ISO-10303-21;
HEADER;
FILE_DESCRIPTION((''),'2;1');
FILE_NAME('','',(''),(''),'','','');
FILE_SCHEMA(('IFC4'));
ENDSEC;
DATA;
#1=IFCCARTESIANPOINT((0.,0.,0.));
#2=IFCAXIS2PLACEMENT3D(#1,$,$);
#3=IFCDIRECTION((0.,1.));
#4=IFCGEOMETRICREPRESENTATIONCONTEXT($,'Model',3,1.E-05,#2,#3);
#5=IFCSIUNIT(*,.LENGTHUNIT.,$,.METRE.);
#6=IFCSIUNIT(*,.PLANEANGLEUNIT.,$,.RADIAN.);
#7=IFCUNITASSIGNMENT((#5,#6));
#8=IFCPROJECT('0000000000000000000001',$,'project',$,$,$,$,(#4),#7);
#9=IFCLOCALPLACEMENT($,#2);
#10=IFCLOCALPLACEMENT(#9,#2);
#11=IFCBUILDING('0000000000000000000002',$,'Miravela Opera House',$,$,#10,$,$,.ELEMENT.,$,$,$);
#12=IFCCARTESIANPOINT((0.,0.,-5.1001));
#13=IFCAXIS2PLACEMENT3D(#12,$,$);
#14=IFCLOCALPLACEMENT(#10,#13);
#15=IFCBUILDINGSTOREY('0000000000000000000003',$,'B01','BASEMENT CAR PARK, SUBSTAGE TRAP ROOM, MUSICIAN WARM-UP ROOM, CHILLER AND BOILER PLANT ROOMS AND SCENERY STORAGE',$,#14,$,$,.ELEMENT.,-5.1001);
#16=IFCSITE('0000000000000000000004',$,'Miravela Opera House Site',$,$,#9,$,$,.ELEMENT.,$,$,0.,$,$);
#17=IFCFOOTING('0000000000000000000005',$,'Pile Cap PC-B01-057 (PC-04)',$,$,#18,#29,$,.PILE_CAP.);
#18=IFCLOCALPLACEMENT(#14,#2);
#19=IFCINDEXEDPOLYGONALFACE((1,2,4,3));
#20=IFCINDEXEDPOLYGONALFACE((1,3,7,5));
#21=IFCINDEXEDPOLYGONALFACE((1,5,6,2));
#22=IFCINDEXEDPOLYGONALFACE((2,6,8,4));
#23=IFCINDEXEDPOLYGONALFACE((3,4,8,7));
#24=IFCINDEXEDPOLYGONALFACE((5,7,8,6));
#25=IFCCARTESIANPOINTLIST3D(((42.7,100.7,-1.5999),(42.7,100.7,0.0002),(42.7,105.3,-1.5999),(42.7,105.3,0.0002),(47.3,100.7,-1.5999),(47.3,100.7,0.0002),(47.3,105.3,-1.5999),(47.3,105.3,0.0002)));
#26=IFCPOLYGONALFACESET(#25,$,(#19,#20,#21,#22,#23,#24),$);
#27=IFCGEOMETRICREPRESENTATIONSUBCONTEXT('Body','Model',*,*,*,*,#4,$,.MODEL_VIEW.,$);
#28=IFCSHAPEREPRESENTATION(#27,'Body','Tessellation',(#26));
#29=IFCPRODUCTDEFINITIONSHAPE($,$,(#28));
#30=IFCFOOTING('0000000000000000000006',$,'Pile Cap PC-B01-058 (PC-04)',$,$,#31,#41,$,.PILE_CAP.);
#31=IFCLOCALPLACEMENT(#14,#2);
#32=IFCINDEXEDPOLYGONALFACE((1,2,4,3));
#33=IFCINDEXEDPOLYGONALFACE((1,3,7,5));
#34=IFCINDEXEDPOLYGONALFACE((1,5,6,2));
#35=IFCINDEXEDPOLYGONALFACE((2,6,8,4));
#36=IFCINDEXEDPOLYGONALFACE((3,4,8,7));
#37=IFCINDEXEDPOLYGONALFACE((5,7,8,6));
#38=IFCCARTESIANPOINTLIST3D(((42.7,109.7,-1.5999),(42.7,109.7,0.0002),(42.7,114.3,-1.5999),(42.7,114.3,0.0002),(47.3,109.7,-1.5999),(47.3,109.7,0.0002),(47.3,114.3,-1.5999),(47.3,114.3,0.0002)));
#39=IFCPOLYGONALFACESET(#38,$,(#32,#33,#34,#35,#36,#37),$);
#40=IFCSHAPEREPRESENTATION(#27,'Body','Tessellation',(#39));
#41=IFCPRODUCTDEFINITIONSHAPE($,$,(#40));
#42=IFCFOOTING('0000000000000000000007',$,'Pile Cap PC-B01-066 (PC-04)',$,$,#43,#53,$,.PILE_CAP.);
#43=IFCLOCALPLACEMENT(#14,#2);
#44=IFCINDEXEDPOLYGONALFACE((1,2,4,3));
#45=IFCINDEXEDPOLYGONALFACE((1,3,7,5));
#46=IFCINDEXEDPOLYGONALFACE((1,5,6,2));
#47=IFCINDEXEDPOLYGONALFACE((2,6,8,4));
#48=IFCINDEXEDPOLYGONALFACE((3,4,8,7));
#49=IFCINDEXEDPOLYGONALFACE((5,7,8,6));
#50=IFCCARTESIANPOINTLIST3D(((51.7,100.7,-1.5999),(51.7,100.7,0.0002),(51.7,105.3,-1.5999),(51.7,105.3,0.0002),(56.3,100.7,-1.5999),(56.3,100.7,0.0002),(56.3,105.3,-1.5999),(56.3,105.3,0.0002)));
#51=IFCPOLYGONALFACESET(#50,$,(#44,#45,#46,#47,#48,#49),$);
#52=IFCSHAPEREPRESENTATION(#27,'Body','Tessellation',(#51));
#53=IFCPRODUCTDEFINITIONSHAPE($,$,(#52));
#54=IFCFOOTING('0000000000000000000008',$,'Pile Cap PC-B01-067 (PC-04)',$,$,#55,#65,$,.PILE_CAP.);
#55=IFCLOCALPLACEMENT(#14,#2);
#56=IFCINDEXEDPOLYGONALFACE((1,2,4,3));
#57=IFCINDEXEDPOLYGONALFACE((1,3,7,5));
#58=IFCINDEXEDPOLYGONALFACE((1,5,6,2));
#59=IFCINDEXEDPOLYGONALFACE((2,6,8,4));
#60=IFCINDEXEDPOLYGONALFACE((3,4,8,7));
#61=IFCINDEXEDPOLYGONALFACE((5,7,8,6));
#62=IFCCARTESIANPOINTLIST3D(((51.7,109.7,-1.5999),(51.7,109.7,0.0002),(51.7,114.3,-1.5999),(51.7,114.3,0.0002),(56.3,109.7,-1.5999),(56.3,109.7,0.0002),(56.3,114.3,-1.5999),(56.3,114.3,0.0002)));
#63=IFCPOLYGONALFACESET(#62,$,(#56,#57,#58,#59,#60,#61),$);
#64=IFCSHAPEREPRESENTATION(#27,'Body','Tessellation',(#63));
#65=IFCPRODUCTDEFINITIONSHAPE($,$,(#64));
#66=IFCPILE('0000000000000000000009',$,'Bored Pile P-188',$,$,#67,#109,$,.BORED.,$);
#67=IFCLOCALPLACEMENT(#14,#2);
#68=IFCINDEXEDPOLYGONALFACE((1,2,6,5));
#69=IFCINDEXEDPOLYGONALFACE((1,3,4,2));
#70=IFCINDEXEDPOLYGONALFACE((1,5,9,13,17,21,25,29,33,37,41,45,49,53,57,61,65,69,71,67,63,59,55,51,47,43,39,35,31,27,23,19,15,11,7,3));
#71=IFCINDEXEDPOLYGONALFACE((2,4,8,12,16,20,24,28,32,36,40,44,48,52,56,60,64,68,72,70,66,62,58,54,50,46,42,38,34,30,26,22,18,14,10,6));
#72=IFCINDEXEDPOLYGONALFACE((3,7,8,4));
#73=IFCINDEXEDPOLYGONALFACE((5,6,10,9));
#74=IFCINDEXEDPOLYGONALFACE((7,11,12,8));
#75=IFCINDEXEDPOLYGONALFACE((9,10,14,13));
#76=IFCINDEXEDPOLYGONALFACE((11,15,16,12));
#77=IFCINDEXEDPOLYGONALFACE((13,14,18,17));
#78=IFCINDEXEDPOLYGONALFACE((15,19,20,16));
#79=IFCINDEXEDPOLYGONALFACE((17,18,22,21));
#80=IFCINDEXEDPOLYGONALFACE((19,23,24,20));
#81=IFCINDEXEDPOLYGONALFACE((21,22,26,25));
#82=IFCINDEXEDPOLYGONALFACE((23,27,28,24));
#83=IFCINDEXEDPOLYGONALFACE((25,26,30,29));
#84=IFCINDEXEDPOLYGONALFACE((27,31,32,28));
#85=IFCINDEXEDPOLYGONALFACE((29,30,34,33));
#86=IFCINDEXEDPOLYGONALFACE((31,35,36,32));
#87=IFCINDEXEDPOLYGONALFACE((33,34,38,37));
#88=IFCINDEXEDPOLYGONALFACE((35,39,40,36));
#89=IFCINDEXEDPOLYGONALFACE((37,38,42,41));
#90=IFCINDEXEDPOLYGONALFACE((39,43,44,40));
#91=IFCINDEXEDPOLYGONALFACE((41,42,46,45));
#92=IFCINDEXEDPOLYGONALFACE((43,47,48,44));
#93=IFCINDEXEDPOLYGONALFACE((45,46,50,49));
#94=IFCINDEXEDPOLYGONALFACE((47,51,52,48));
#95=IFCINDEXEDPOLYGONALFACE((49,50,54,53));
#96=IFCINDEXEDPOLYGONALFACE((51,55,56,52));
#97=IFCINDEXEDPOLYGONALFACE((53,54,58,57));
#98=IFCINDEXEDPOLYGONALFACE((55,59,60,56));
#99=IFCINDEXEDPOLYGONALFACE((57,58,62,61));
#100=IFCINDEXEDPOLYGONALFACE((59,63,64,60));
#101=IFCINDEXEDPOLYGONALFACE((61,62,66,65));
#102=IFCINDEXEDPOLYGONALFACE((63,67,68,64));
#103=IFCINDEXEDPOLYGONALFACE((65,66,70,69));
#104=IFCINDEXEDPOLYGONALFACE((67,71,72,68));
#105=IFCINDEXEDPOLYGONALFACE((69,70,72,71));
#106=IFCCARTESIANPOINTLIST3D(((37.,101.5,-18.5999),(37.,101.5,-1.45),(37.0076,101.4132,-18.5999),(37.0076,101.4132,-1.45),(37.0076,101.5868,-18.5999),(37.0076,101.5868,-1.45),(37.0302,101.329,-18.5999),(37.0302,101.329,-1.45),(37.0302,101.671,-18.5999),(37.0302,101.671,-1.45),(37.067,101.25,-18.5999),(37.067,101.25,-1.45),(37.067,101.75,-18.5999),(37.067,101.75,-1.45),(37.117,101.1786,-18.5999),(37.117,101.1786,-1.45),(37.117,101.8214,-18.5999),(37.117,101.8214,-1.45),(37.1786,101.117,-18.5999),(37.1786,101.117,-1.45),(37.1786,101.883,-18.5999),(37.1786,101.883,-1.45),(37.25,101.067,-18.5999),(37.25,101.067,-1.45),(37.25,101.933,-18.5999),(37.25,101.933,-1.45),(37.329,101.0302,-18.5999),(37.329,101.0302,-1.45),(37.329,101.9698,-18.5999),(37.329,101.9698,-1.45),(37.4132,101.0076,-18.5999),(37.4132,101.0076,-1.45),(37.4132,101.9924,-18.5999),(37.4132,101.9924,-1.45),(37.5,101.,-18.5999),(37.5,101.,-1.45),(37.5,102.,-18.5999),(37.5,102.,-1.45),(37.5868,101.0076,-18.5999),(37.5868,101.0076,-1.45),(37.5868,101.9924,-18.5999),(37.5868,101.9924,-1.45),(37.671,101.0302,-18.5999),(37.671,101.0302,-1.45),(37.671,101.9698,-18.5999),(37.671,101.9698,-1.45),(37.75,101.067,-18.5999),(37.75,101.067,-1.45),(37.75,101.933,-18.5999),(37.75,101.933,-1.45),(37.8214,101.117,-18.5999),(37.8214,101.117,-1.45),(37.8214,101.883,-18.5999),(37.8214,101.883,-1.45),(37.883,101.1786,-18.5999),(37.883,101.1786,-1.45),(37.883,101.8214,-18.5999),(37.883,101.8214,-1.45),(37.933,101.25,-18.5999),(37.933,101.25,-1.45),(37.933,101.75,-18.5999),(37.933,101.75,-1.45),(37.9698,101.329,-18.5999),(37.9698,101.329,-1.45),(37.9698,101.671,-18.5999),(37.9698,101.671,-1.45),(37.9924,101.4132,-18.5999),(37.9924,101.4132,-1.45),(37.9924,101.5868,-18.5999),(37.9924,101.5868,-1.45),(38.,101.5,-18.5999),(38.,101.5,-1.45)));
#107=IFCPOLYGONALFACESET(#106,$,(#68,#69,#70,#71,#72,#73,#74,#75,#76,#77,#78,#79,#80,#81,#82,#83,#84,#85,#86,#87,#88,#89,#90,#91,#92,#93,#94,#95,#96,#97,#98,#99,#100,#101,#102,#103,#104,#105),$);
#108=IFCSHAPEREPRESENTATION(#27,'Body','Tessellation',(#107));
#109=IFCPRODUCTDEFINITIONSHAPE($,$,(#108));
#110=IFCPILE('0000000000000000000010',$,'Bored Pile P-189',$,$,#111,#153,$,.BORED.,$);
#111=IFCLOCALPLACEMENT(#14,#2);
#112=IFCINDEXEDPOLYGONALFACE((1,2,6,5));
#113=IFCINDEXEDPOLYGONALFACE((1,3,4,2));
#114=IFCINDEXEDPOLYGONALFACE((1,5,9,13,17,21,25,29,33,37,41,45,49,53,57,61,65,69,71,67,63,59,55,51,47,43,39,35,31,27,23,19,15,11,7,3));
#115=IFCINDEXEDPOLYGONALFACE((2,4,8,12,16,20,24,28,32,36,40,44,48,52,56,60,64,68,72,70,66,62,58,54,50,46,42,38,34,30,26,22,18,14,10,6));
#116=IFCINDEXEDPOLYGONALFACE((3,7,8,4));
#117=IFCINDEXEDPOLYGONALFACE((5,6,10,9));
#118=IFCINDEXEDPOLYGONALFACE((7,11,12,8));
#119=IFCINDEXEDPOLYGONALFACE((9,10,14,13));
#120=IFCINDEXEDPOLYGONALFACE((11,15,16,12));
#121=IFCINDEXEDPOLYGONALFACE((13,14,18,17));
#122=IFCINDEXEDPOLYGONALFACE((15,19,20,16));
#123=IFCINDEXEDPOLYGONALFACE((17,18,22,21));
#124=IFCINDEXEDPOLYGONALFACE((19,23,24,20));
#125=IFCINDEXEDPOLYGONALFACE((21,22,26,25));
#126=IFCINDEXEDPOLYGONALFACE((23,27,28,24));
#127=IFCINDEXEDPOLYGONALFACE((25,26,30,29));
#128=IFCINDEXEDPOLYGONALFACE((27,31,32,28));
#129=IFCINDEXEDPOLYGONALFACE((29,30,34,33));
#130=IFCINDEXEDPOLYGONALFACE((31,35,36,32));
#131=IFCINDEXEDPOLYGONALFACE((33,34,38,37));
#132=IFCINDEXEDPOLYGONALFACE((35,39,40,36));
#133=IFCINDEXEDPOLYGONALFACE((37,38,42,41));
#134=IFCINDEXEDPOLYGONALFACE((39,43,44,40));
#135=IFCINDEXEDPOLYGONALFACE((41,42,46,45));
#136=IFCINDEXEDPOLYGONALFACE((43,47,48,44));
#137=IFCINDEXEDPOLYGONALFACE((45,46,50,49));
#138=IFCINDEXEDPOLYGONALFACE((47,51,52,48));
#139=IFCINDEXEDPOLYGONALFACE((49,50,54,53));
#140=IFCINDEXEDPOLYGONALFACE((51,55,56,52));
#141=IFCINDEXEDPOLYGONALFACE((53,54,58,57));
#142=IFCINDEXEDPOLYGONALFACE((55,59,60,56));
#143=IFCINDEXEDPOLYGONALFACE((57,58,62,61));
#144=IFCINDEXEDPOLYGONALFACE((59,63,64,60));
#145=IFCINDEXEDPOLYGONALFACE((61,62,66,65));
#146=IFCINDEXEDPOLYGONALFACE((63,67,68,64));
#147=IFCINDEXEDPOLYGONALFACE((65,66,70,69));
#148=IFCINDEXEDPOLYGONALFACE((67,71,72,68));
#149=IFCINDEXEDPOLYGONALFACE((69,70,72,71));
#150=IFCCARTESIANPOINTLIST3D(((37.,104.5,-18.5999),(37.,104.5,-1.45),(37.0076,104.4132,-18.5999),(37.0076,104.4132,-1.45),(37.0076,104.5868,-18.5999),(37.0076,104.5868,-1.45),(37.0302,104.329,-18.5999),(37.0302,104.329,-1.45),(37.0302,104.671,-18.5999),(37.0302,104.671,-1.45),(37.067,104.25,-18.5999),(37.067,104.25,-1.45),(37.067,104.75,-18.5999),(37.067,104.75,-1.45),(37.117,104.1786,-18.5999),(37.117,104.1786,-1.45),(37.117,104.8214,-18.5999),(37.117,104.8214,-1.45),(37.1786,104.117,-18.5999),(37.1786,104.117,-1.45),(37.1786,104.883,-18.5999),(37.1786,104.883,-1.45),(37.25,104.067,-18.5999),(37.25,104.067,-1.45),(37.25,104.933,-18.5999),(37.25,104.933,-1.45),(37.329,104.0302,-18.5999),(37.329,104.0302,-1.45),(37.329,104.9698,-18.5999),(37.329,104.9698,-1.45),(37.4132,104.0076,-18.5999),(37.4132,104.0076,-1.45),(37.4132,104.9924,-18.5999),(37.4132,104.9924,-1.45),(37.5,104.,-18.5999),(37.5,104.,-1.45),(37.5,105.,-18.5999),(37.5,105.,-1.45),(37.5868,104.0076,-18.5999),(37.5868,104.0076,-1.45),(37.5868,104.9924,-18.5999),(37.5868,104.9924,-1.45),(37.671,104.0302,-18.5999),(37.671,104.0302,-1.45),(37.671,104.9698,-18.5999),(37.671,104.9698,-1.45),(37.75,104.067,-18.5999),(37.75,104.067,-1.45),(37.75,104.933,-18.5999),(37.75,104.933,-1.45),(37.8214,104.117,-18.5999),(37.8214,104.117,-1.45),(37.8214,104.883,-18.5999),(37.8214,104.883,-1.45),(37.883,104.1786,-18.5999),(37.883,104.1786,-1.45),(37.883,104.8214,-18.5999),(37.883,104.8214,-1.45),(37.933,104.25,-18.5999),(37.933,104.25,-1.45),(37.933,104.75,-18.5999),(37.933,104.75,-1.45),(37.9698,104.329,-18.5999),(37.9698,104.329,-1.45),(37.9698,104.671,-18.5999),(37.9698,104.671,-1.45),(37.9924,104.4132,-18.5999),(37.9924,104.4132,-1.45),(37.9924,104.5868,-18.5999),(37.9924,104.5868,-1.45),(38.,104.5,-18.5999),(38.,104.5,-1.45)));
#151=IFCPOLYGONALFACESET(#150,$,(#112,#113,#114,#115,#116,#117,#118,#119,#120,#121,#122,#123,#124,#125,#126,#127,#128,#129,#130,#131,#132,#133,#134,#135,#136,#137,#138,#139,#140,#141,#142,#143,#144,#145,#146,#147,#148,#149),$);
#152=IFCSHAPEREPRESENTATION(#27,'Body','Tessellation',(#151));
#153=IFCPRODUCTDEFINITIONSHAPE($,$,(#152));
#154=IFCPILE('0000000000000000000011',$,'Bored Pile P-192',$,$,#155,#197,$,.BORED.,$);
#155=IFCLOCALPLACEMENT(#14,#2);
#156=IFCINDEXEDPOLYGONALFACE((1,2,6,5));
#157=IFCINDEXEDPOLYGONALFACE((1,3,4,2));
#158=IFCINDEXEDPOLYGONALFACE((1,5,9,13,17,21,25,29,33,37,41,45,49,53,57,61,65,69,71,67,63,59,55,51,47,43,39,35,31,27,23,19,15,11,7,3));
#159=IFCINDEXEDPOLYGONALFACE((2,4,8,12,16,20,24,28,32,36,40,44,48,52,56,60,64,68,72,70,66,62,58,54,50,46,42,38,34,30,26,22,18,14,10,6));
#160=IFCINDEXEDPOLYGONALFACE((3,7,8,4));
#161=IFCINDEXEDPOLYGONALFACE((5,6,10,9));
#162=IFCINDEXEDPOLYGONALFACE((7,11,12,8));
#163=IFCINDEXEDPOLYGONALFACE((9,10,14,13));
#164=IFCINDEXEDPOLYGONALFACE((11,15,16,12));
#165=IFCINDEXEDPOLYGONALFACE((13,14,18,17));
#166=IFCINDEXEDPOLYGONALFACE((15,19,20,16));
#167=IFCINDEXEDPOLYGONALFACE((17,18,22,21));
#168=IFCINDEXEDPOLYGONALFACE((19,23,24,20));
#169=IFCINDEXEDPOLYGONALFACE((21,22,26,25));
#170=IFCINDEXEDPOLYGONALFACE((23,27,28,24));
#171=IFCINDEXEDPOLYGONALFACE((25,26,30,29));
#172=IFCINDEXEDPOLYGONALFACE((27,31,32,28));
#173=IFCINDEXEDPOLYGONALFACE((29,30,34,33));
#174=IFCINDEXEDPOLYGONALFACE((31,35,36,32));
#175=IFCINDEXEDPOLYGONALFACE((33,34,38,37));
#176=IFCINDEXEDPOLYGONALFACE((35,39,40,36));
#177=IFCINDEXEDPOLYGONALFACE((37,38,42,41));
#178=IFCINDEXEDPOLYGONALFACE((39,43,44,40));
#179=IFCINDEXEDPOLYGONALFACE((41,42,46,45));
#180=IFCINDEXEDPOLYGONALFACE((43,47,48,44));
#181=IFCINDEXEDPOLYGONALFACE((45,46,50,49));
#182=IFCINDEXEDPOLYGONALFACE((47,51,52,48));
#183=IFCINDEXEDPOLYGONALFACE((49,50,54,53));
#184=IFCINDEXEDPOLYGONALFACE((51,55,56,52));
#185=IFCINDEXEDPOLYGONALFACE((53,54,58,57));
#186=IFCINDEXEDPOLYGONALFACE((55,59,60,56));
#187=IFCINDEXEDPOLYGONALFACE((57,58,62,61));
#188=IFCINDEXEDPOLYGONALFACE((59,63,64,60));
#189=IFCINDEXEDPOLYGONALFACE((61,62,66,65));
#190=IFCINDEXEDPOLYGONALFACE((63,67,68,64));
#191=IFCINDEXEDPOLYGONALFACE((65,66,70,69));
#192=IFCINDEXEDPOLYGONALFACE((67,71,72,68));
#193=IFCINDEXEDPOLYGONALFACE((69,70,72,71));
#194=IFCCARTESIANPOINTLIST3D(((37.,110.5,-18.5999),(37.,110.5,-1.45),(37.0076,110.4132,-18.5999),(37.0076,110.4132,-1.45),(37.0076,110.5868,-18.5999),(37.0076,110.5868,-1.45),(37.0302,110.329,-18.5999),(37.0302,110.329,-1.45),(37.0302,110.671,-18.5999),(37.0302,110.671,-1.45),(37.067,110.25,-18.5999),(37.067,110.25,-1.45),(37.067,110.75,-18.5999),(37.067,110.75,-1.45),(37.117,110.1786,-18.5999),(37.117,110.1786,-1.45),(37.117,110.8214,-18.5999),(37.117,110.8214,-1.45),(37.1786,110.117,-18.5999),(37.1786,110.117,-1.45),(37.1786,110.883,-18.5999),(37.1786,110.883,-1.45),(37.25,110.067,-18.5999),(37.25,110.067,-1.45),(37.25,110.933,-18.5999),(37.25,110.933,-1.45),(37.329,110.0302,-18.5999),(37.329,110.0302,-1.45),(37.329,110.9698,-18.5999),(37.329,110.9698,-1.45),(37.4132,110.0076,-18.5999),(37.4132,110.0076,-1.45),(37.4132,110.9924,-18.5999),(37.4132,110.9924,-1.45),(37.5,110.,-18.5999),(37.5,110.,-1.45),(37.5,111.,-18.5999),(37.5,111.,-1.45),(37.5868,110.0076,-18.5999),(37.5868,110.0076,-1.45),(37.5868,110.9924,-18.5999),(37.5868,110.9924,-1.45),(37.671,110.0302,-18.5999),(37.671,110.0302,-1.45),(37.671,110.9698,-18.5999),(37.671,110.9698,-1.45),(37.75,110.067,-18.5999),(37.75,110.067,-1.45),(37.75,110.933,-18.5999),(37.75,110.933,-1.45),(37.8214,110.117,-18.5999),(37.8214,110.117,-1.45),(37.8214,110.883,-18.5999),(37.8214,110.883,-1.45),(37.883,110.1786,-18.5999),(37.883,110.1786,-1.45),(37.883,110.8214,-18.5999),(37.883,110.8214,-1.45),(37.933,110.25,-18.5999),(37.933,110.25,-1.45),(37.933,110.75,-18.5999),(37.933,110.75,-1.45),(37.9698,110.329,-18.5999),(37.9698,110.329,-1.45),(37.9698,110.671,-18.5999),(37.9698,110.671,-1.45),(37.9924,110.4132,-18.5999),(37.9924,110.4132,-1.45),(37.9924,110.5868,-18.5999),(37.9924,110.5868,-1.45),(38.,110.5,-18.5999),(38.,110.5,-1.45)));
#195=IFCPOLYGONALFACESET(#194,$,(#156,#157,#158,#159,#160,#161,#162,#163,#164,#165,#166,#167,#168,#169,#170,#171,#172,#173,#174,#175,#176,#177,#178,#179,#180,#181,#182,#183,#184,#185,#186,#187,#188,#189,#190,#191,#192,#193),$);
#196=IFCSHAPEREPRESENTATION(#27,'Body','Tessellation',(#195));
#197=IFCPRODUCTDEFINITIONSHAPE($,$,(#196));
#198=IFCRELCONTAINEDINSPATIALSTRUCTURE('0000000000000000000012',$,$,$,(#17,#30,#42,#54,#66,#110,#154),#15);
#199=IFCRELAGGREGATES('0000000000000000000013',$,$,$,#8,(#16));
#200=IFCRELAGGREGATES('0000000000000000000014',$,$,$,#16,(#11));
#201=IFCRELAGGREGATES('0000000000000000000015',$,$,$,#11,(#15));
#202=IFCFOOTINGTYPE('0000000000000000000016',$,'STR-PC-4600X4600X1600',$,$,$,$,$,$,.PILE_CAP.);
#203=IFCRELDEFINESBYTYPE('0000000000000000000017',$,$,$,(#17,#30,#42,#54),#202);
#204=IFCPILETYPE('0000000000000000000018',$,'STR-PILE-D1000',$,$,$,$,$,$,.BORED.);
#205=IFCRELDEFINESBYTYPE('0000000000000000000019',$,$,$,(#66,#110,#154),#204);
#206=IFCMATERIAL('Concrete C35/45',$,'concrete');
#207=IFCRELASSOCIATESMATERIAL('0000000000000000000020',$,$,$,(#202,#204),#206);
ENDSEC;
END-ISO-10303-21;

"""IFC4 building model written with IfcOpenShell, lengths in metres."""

from ifc_helpers import new_model, si_unit, direction, frame, origin, origin_2d, place, context, subcontext, project, spatial, rectangle, circle, extrude, material, material_profile, profile_set, type_object, element, save


model = new_model("IFC4")

# Units and contexts
model_context = context("Model", 3, precision=1e-05, world=origin(), true_north=direction((0.0, 1.0)))
body_context = subcontext(model_context, "Body", "Model", "MODEL_VIEW")
ifc_project = project(units=[si_unit("LENGTHUNIT", "METRE"), si_unit("PLANEANGLEUNIT", "RADIAN")], contexts=[model_context])

# Site, building, storey
site_placement = place(None, origin())
site = spatial("IfcSite", under=ifc_project, at=site_placement, Name="Miravela Opera House Site", CompositionType="ELEMENT", RefElevation=0.0)
building_placement = place(site_placement, origin())
building = spatial("IfcBuilding", under=site, at=building_placement, Name="Miravela Opera House", CompositionType="ELEMENT")
storey_placement = place(building_placement, frame((0.0, 0.0, -5.1001)))
storey = spatial("IfcBuildingStorey", under=building, at=storey_placement, Name="B01", Description="BASEMENT CAR PARK, SUBSTAGE TRAP ROOM, MUSICIAN WARM-UP ROOM, CHILLER AND BOILER PLANT ROOMS AND SCENERY STORAGE", CompositionType="ELEMENT", Elevation=-5.1001)

# Footings
ifc_material_1 = material(Name="Concrete C35/45", Category="concrete")
footing_type = type_object("IfcFootingType", Name="STR-PC-4600X4600X1600", PredefinedType="PILE_CAP", material=ifc_material_1)
for number, where, z_axis, x_axis, name in (
    (1, (45.0, 103.0, -1.5999), (0.0, 0.0, 1.0), (1.0, 0.0, 0.0), "Pile Cap PC-B01-057 (PC-04)"),
    (2, (45.0, 112.0, -1.5999), (0.0, 0.0, 1.0), (1.0, 0.0, 0.0), "Pile Cap PC-B01-058 (PC-04)"),
    (3, (54.0, 103.0, -1.5999), (0.0, 0.0, 1.0), (1.0, 0.0, 0.0), "Pile Cap PC-B01-066 (PC-04)"),
    (4, (54.0, 112.0, -1.5999), (0.0, 0.0, 1.0), (1.0, 0.0, 0.0), "Pile Cap PC-B01-067 (PC-04)"),
):
    element("IfcFooting", number, at=place(storey_placement, frame(where, z_axis=z_axis, x_axis=x_axis)), inside=storey, type_object=footing_type, Name=name, PredefinedType="PILE_CAP", context=body_context, shape_type="SweptSolid", body=[
        extrude(rectangle(XDim=4.6001, YDim=4.6001, at=origin_2d()), origin(), (0.0, 0.0, 1.0), 1.6001),
    ])

# Piles
ifc_material_profile_1 = material_profile(ifc_material_1, circle(Radius=0.5, at=origin_2d()), Name="PILE-D1000")
ifc_profile_set_1 = profile_set([ifc_material_profile_1])
pile_type = type_object("IfcPileType", Name="STR-PILE-D1000", PredefinedType="BORED", material=ifc_profile_set_1)
for number, where, z_axis, x_axis, name in (
    (5, (37.5, 101.5, -1.45), (0.0, 0.0, -1.0), (1.0, 0.0, 0.0), "Bored Pile P-188"),
    (6, (37.5, 104.5, -1.45), (0.0, 0.0, -1.0), (1.0, 0.0, 0.0), "Bored Pile P-189"),
    (7, (37.5, 110.5, -1.45), (0.0, 0.0, -1.0), (1.0, 0.0, 0.0), "Bored Pile P-192"),
):
    element("IfcPile", number, at=place(storey_placement, frame(where, z_axis=z_axis, x_axis=x_axis)), inside=storey, type_object=pile_type, Name=name, PredefinedType="BORED", context=body_context, shape_type="SweptSolid", body=[
        extrude(circle(Radius=0.5, at=origin_2d()), origin(), (0.0, 0.0, 1.0), 17.1499),
    ])

save(model, "model.ifc")
